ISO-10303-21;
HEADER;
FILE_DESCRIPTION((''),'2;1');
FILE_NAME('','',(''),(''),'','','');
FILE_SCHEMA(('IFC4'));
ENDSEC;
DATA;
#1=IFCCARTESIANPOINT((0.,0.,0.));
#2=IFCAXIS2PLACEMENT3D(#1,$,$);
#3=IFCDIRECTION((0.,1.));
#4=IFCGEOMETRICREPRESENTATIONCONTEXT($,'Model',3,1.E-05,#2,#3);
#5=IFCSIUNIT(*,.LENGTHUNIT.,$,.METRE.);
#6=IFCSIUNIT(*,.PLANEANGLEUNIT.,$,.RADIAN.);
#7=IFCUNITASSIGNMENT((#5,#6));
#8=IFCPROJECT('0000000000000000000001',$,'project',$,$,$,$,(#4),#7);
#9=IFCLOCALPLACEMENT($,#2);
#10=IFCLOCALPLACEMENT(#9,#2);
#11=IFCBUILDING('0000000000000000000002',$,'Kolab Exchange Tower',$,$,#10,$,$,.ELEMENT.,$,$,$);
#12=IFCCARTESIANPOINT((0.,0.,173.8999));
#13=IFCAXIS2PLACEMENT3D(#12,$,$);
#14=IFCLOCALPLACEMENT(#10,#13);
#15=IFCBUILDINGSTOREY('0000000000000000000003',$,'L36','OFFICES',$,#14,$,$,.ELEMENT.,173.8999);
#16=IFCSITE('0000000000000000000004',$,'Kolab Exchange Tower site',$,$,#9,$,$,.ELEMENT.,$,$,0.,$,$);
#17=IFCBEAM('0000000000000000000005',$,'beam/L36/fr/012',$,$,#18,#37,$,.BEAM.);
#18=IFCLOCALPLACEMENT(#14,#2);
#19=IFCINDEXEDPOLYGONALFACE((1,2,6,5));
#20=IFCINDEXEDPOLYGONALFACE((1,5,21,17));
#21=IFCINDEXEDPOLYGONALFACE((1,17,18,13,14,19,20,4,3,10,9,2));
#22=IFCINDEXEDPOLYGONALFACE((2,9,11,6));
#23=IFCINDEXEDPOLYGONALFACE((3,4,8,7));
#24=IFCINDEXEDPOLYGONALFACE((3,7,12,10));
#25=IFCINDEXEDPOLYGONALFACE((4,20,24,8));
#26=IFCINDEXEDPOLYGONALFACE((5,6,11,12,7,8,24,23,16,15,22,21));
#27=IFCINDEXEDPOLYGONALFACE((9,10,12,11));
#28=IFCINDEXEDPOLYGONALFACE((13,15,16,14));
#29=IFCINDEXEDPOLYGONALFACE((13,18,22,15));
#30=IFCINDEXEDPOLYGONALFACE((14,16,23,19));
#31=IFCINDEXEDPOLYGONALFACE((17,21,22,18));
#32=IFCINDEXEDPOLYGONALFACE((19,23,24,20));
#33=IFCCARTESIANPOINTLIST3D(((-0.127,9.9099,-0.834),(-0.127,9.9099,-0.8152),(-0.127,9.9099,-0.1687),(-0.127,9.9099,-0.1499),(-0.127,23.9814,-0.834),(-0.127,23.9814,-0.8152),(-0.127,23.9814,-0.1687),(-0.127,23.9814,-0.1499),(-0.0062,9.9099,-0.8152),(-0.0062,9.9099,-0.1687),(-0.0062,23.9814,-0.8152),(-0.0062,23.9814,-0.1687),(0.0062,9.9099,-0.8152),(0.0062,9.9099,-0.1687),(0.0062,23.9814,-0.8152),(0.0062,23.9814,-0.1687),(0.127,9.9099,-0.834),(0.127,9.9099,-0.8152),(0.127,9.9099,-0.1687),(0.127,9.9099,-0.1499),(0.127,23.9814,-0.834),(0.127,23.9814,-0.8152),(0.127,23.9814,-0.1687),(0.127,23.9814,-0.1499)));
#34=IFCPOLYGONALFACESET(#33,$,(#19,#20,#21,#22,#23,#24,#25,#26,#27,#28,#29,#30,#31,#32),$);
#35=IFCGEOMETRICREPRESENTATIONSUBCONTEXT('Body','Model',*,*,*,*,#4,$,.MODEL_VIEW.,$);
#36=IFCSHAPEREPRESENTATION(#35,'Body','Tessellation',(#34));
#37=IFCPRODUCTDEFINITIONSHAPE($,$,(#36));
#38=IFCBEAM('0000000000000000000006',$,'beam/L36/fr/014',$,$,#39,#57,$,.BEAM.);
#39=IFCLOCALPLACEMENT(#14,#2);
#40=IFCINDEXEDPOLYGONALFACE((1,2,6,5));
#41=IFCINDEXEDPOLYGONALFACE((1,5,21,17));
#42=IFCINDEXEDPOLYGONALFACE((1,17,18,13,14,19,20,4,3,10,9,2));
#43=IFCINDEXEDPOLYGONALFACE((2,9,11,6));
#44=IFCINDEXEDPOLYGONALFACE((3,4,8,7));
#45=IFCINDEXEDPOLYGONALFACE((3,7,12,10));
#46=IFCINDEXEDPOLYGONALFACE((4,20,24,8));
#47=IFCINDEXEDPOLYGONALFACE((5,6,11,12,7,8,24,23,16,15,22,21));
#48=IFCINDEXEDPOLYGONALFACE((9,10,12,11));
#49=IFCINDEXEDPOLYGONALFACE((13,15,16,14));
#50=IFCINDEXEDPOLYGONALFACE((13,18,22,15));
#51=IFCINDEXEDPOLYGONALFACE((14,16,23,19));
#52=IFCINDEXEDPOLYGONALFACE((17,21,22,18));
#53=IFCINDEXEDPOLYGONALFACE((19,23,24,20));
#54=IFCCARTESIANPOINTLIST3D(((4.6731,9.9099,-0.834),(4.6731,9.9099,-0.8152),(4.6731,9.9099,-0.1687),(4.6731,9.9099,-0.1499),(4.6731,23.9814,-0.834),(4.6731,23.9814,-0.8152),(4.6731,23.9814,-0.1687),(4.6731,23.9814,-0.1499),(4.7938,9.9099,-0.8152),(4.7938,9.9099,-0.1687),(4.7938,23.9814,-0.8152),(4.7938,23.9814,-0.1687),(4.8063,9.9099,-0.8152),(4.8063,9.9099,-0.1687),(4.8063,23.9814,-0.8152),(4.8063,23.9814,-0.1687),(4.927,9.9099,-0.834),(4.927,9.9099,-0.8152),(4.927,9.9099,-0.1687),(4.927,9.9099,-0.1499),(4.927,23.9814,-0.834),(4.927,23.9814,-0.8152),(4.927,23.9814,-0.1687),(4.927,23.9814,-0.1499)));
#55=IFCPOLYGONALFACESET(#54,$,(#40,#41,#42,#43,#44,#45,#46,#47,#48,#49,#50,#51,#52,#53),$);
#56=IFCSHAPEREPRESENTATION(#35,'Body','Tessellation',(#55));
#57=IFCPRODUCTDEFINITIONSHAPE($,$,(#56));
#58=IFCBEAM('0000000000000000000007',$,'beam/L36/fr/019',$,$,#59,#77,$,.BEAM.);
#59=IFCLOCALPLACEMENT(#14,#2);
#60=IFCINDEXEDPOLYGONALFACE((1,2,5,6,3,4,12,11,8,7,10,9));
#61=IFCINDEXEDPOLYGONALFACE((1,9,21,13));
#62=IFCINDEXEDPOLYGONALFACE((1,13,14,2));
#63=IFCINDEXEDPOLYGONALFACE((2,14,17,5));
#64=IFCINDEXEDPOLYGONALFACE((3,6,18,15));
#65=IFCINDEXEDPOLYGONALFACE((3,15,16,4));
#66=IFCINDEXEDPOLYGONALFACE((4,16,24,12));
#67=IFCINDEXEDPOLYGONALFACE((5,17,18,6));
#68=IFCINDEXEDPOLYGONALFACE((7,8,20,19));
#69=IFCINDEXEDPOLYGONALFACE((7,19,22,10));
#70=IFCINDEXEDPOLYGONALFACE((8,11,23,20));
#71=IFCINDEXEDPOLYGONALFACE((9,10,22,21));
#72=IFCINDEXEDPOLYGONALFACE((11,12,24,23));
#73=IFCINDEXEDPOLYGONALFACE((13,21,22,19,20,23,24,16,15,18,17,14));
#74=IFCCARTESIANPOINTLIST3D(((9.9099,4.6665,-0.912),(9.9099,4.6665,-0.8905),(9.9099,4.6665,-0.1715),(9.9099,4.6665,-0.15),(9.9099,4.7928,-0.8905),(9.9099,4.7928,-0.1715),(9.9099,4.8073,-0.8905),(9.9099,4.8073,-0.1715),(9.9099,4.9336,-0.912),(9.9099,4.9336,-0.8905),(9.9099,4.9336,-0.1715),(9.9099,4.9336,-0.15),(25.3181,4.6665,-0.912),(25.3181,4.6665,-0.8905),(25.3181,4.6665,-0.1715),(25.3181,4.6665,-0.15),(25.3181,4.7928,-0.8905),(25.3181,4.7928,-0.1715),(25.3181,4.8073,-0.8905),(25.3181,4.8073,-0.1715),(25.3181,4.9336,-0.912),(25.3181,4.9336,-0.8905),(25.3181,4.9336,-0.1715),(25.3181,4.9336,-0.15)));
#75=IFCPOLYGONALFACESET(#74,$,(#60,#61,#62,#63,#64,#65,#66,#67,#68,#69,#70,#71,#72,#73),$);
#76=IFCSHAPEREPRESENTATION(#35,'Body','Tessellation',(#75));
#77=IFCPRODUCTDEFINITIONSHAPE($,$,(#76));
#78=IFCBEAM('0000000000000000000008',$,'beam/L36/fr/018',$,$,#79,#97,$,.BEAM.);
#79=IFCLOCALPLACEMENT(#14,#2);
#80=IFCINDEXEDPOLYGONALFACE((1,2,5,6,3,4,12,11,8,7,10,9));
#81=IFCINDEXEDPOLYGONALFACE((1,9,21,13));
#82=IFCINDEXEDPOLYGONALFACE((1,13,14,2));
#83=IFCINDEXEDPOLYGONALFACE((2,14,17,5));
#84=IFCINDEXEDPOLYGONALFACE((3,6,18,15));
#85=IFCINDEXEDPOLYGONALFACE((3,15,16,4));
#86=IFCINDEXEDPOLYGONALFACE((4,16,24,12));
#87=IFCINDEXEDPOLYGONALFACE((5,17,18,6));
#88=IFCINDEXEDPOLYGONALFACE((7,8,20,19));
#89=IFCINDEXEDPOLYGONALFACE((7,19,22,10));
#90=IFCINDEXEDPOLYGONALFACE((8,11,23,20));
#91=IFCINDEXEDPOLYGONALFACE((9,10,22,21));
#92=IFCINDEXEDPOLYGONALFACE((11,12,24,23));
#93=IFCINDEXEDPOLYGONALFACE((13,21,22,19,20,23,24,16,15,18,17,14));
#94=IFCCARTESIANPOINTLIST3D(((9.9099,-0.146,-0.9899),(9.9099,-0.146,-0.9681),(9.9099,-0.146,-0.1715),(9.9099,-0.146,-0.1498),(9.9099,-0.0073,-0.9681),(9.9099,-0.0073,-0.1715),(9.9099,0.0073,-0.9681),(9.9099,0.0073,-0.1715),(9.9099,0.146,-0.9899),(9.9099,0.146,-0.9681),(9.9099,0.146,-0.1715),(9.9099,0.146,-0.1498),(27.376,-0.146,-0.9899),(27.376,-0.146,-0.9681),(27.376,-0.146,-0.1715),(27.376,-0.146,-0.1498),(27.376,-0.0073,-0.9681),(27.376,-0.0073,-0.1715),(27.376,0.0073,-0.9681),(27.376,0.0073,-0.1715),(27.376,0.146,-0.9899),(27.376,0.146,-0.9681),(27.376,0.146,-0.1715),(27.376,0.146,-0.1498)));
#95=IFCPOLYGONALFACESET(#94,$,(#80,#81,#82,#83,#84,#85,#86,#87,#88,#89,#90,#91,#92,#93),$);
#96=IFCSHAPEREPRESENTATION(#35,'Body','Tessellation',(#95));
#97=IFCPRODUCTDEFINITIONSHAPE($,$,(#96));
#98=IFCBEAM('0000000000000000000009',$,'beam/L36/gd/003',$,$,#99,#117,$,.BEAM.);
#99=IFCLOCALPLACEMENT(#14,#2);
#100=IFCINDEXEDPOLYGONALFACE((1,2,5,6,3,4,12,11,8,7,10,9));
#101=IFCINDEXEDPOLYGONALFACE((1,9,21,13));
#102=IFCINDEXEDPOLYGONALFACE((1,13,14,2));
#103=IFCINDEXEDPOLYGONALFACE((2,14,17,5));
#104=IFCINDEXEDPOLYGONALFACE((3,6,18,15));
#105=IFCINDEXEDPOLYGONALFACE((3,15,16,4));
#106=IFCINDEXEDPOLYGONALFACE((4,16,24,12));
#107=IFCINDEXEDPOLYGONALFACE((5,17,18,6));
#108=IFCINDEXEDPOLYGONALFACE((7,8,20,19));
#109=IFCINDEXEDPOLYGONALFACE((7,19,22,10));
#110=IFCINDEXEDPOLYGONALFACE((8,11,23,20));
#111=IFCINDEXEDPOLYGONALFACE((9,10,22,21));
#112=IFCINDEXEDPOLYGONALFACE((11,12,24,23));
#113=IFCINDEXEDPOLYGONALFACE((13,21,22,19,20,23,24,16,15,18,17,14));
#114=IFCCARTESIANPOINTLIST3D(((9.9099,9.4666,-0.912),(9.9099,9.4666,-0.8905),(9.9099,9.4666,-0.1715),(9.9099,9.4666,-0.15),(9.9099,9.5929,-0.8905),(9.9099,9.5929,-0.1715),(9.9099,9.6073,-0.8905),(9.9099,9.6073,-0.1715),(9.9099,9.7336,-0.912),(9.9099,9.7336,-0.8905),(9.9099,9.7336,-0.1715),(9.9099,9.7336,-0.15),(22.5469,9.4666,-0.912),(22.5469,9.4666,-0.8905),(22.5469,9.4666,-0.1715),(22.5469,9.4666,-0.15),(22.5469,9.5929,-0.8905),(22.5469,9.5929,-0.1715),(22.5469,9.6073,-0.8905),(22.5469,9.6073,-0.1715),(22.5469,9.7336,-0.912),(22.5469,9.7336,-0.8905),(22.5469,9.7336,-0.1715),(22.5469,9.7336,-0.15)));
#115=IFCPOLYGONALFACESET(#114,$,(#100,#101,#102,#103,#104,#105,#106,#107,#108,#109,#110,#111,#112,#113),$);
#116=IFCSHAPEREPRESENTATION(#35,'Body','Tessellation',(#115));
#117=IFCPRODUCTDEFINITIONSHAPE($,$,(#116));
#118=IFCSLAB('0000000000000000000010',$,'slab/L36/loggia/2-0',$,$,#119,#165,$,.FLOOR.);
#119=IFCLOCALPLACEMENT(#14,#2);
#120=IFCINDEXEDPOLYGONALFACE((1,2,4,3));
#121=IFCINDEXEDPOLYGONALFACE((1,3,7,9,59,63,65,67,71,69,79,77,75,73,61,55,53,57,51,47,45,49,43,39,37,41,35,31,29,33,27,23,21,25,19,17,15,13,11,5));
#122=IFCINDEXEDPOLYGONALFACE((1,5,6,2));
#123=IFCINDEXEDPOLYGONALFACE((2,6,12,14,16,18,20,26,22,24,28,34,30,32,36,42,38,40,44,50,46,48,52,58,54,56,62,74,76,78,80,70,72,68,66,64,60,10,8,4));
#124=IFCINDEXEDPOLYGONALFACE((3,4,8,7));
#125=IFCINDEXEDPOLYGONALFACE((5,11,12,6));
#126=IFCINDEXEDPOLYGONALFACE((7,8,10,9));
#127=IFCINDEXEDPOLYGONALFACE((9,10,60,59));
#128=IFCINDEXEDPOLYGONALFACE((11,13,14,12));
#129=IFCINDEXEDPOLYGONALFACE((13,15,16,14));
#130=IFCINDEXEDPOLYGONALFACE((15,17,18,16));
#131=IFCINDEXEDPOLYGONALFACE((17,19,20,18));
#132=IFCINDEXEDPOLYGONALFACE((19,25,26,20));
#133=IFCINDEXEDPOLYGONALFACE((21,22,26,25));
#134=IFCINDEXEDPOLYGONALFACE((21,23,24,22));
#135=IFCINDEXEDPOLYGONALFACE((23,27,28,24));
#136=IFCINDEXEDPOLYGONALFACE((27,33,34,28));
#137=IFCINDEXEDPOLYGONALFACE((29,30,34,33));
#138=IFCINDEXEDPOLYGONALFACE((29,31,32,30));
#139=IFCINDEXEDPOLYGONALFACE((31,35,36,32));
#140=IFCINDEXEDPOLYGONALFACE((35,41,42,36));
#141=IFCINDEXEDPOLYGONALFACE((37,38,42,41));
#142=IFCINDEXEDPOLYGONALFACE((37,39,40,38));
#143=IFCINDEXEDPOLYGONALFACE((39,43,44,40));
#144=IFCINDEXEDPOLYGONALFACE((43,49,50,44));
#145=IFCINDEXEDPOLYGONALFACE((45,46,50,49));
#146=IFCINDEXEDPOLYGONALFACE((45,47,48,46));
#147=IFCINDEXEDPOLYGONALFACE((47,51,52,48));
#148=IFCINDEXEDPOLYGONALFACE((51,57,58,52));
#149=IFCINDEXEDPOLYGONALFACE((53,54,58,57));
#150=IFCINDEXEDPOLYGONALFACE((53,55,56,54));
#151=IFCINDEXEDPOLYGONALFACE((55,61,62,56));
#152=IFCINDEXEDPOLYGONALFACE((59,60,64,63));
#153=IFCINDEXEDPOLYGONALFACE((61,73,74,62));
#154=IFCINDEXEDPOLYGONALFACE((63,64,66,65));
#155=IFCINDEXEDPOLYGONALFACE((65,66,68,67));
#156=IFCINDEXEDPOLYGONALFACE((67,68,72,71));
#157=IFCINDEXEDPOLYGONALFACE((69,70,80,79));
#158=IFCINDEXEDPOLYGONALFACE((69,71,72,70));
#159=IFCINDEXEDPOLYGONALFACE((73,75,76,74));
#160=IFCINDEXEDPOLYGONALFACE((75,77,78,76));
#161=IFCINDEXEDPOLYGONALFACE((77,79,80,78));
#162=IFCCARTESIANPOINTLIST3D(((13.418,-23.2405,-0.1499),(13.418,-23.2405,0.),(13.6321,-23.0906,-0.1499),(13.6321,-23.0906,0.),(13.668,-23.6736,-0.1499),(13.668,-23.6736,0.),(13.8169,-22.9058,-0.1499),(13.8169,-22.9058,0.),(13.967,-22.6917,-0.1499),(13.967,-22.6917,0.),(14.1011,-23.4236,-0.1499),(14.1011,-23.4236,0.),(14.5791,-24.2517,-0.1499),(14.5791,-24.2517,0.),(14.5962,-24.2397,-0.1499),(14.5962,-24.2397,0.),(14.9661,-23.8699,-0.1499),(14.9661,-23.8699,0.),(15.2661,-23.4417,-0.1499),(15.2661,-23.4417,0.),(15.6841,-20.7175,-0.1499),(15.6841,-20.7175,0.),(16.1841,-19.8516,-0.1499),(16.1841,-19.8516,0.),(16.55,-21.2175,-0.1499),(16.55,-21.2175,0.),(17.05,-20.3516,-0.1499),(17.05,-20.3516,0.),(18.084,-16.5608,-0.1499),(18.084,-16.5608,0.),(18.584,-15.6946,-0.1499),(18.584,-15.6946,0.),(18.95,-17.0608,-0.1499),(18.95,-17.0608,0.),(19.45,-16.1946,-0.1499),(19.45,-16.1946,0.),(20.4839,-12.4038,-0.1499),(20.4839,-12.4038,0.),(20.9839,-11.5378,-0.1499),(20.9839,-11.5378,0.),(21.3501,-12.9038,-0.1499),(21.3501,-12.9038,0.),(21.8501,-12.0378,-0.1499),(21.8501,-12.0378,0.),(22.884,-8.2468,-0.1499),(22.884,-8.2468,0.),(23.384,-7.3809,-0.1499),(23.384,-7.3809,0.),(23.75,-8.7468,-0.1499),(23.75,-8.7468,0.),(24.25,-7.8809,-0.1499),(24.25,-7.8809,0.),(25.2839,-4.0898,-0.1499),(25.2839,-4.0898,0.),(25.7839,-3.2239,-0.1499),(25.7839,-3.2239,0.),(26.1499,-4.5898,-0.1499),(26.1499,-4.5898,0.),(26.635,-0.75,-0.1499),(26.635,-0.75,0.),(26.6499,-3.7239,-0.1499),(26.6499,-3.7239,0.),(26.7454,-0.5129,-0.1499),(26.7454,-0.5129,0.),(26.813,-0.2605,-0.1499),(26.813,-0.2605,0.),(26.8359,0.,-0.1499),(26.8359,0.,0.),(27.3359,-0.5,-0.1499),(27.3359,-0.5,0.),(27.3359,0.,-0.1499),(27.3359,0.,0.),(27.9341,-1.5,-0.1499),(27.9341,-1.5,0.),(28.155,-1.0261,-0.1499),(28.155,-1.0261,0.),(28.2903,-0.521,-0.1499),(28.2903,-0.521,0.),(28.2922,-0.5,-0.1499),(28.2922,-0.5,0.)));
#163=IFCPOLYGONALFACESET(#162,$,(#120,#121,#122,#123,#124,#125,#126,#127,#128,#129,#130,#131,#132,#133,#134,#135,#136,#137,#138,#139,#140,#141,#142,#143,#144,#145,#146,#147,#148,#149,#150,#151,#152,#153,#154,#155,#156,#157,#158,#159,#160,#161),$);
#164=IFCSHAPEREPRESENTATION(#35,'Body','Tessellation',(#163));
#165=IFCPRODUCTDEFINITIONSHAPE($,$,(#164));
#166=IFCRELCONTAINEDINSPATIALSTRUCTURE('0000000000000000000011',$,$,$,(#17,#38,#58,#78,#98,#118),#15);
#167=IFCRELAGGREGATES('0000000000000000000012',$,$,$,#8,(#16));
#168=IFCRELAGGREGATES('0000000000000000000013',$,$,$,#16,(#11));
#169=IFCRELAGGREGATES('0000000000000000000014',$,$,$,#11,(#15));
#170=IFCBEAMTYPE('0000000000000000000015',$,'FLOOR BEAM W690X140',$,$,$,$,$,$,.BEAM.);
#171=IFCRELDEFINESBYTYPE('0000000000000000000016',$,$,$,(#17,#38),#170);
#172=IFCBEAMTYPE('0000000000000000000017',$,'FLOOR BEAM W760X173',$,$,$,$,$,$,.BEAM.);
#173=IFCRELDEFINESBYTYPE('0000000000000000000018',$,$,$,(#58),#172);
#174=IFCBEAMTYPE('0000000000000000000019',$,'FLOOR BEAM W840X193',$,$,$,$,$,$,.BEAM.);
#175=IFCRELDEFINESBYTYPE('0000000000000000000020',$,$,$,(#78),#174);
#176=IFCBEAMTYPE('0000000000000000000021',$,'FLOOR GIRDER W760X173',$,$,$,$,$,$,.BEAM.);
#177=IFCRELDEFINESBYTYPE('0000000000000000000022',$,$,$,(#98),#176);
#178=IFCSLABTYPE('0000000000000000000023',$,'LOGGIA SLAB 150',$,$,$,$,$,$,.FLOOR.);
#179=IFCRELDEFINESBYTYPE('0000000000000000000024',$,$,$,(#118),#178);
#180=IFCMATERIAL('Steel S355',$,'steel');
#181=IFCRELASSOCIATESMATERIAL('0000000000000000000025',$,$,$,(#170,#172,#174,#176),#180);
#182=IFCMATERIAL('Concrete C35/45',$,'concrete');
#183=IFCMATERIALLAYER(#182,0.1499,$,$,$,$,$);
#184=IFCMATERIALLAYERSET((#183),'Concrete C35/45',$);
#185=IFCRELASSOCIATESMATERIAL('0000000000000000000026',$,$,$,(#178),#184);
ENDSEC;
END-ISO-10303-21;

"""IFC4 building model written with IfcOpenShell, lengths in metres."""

from ifc_helpers import new_model, si_unit, direction, frame, origin, origin_2d, place, context, subcontext, project, spatial, polyline, i_section, outline, extrude, material, layer, layer_set, material_profile, profile_set, type_object, element, save


model = new_model("IFC4")

# Units and contexts
model_context = context("Model", 3, precision=1e-05, world=origin(), true_north=direction((0.0, 1.0)))
body_context = subcontext(model_context, "Body", "Model", "MODEL_VIEW")
ifc_project = project(units=[si_unit("LENGTHUNIT", "METRE"), si_unit("PLANEANGLEUNIT", "RADIAN")], contexts=[model_context])

# Site, building, storey
site_placement = place(None, origin())
site = spatial("IfcSite", under=ifc_project, at=site_placement, Name="Kolab Exchange Tower site", CompositionType="ELEMENT", RefElevation=0.0)
building_placement = place(site_placement, origin())
building = spatial("IfcBuilding", under=site, at=building_placement, Name="Kolab Exchange Tower", CompositionType="ELEMENT")
storey_placement = place(building_placement, frame((0.0, 0.0, 173.8999)))
storey = spatial("IfcBuildingStorey", under=building, at=storey_placement, Name="L36", Description="OFFICES", CompositionType="ELEMENT", Elevation=173.8999)

# Beams
ifc_material_1 = material(Name="Steel S355", Category="steel")
ifc_material_profile_1 = material_profile(ifc_material_1, i_section(OverallWidth=0.2539, OverallDepth=0.6841, WebThickness=0.0125, FlangeThickness=0.0188, at=origin_2d()), Name="W690X140")
ifc_profile_set_1 = profile_set([ifc_material_profile_1], Name="Steel S355")
beam_type_1 = type_object("IfcBeamType", Name="FLOOR BEAM W690X140", PredefinedType="BEAM", material=ifc_profile_set_1)
for number, where, z_axis, x_axis, name in (
    (1, (0.0, 9.9099, -0.4919), (0.0, 1.0, 0.0), (-1.0, 0.0, 0.0), "beam/L36/fr/012"),
    (2, (4.8, 9.9099, -0.4919), (0.0, 1.0, 0.0), (-1.0, 0.0, 0.0), "beam/L36/fr/014"),
):
    element("IfcBeam", number, at=place(storey_placement, frame(where, z_axis=z_axis, x_axis=x_axis)), inside=storey, type_object=beam_type_1, Name=name, PredefinedType="BEAM", context=body_context, shape_type="SweptSolid", body=[
        extrude(i_section(OverallWidth=0.2539, OverallDepth=0.6841, WebThickness=0.0125, FlangeThickness=0.0188, at=origin_2d()), origin(), (0.0, 0.0, 1.0), 14.0715),
    ])
ifc_material_profile_2 = material_profile(ifc_material_1, i_section(OverallWidth=0.2671, OverallDepth=0.762, WebThickness=0.0144, FlangeThickness=0.0215, at=origin_2d()), Name="W760X173")
ifc_profile_set_2 = profile_set([ifc_material_profile_2], Name="Steel S355")
beam_type_2 = type_object("IfcBeamType", Name="FLOOR BEAM W760X173", PredefinedType="BEAM", material=ifc_profile_set_2)
beam_1_placement = place(storey_placement, frame((9.9099, 4.8, -0.531), z_axis=(1.0, 0.0, 0.0), x_axis=(0.0, 1.0, 0.0)))
element("IfcBeam", 3, at=beam_1_placement, inside=storey, type_object=beam_type_2, Name="beam/L36/fr/019", PredefinedType="BEAM", context=body_context, shape_type="SweptSolid", body=[
    extrude(i_section(OverallWidth=0.2671, OverallDepth=0.762, WebThickness=0.0144, FlangeThickness=0.0215, at=origin_2d()), origin(), (0.0, 0.0, 1.0), 15.4082),
])
ifc_material_profile_3 = material_profile(ifc_material_1, i_section(OverallWidth=0.292, OverallDepth=0.8401, WebThickness=0.0146, FlangeThickness=0.0217, at=origin_2d()), Name="W840X193")
ifc_profile_set_3 = profile_set([ifc_material_profile_3], Name="Steel S355")
beam_type_3 = type_object("IfcBeamType", Name="FLOOR BEAM W840X193", PredefinedType="BEAM", material=ifc_profile_set_3)
beam_2_placement = place(storey_placement, frame((9.9099, 0.0, -0.5698), z_axis=(1.0, 0.0, 0.0), x_axis=(0.0, 1.0, 0.0)))
element("IfcBeam", 4, at=beam_2_placement, inside=storey, type_object=beam_type_3, Name="beam/L36/fr/018", PredefinedType="BEAM", context=body_context, shape_type="SweptSolid", body=[
    extrude(i_section(OverallWidth=0.292, OverallDepth=0.8401, WebThickness=0.0146, FlangeThickness=0.0217, at=origin_2d()), origin(), (0.0, 0.0, 1.0), 17.4661),
])
ifc_material_profile_4 = material_profile(ifc_material_1, i_section(OverallWidth=0.2671, OverallDepth=0.762, WebThickness=0.0144, FlangeThickness=0.0215, at=origin_2d()), Name="W760X173")
ifc_profile_set_4 = profile_set([ifc_material_profile_4], Name="Steel S355")
beam_type_4 = type_object("IfcBeamType", Name="FLOOR GIRDER W760X173", PredefinedType="BEAM", material=ifc_profile_set_4)
beam_3_placement = place(storey_placement, frame((9.9099, 9.6001, -0.531), z_axis=(1.0, 0.0, 0.0), x_axis=(0.0, 1.0, 0.0)))
element("IfcBeam", 5, at=beam_3_placement, inside=storey, type_object=beam_type_4, Name="beam/L36/gd/003", PredefinedType="BEAM", context=body_context, shape_type="SweptSolid", body=[
    extrude(i_section(OverallWidth=0.2671, OverallDepth=0.762, WebThickness=0.0144, FlangeThickness=0.0215, at=origin_2d()), origin(), (0.0, 0.0, 1.0), 12.637),
])

# Slab
ifc_material_2 = material(Name="Concrete C35/45", Category="concrete")
ifc_layer_1 = layer(ifc_material_2, 0.1499)
ifc_layer_set_1 = layer_set([ifc_layer_1], Name="Concrete C35/45")
slab_type_1 = type_object("IfcSlabType", Name="LOGGIA SLAB 150", PredefinedType="FLOOR", material=ifc_layer_set_1)
slab_1_placement = place(storey_placement, frame((0.0, 0.0, -0.1499)))
element("IfcSlab", 6, at=slab_1_placement, inside=storey, type_object=slab_type_1, Name="slab/L36/loggia/2-0", PredefinedType="FLOOR", context=body_context, shape_type="SweptSolid", body=[
    extrude(outline(polyline([(15.2661, -23.4417), (16.55, -21.2175), (15.6841, -20.7175), (16.1841, -19.8516), (17.05, -20.3516), (18.95, -17.0608), (18.084, -16.5608), (18.584, -15.6946), (19.45, -16.1946), (21.3501, -12.9038), (20.4839, -12.4038), (20.9839, -11.5378), (21.8501, -12.0378), (23.75, -8.7468), (22.884, -8.2468), (23.384, -7.3809), (24.25, -7.8809), (26.1499, -4.5898), (25.2839, -4.0898), (25.7839, -3.2239), (26.6499, -3.7239), (27.9341, -1.5), (28.155, -1.0261), (28.2903, -0.521), (28.2922, -0.5), (27.3359, -0.5), (27.3359, 0.0), (26.8359, 0.0), (26.813, -0.2605), (26.7454, -0.5129), (26.635, -0.75), (13.967, -22.6917), (13.8169, -22.9058), (13.6321, -23.0906), (13.418, -23.2405), (13.668, -23.6736), (14.1011, -23.4236), (14.5791, -24.2517), (14.5962, -24.2397), (14.9661, -23.8699), (15.2661, -23.4417)])), origin(), (0.0, 0.0, 1.0), 0.1499),
])

save(model, "model.ifc")
